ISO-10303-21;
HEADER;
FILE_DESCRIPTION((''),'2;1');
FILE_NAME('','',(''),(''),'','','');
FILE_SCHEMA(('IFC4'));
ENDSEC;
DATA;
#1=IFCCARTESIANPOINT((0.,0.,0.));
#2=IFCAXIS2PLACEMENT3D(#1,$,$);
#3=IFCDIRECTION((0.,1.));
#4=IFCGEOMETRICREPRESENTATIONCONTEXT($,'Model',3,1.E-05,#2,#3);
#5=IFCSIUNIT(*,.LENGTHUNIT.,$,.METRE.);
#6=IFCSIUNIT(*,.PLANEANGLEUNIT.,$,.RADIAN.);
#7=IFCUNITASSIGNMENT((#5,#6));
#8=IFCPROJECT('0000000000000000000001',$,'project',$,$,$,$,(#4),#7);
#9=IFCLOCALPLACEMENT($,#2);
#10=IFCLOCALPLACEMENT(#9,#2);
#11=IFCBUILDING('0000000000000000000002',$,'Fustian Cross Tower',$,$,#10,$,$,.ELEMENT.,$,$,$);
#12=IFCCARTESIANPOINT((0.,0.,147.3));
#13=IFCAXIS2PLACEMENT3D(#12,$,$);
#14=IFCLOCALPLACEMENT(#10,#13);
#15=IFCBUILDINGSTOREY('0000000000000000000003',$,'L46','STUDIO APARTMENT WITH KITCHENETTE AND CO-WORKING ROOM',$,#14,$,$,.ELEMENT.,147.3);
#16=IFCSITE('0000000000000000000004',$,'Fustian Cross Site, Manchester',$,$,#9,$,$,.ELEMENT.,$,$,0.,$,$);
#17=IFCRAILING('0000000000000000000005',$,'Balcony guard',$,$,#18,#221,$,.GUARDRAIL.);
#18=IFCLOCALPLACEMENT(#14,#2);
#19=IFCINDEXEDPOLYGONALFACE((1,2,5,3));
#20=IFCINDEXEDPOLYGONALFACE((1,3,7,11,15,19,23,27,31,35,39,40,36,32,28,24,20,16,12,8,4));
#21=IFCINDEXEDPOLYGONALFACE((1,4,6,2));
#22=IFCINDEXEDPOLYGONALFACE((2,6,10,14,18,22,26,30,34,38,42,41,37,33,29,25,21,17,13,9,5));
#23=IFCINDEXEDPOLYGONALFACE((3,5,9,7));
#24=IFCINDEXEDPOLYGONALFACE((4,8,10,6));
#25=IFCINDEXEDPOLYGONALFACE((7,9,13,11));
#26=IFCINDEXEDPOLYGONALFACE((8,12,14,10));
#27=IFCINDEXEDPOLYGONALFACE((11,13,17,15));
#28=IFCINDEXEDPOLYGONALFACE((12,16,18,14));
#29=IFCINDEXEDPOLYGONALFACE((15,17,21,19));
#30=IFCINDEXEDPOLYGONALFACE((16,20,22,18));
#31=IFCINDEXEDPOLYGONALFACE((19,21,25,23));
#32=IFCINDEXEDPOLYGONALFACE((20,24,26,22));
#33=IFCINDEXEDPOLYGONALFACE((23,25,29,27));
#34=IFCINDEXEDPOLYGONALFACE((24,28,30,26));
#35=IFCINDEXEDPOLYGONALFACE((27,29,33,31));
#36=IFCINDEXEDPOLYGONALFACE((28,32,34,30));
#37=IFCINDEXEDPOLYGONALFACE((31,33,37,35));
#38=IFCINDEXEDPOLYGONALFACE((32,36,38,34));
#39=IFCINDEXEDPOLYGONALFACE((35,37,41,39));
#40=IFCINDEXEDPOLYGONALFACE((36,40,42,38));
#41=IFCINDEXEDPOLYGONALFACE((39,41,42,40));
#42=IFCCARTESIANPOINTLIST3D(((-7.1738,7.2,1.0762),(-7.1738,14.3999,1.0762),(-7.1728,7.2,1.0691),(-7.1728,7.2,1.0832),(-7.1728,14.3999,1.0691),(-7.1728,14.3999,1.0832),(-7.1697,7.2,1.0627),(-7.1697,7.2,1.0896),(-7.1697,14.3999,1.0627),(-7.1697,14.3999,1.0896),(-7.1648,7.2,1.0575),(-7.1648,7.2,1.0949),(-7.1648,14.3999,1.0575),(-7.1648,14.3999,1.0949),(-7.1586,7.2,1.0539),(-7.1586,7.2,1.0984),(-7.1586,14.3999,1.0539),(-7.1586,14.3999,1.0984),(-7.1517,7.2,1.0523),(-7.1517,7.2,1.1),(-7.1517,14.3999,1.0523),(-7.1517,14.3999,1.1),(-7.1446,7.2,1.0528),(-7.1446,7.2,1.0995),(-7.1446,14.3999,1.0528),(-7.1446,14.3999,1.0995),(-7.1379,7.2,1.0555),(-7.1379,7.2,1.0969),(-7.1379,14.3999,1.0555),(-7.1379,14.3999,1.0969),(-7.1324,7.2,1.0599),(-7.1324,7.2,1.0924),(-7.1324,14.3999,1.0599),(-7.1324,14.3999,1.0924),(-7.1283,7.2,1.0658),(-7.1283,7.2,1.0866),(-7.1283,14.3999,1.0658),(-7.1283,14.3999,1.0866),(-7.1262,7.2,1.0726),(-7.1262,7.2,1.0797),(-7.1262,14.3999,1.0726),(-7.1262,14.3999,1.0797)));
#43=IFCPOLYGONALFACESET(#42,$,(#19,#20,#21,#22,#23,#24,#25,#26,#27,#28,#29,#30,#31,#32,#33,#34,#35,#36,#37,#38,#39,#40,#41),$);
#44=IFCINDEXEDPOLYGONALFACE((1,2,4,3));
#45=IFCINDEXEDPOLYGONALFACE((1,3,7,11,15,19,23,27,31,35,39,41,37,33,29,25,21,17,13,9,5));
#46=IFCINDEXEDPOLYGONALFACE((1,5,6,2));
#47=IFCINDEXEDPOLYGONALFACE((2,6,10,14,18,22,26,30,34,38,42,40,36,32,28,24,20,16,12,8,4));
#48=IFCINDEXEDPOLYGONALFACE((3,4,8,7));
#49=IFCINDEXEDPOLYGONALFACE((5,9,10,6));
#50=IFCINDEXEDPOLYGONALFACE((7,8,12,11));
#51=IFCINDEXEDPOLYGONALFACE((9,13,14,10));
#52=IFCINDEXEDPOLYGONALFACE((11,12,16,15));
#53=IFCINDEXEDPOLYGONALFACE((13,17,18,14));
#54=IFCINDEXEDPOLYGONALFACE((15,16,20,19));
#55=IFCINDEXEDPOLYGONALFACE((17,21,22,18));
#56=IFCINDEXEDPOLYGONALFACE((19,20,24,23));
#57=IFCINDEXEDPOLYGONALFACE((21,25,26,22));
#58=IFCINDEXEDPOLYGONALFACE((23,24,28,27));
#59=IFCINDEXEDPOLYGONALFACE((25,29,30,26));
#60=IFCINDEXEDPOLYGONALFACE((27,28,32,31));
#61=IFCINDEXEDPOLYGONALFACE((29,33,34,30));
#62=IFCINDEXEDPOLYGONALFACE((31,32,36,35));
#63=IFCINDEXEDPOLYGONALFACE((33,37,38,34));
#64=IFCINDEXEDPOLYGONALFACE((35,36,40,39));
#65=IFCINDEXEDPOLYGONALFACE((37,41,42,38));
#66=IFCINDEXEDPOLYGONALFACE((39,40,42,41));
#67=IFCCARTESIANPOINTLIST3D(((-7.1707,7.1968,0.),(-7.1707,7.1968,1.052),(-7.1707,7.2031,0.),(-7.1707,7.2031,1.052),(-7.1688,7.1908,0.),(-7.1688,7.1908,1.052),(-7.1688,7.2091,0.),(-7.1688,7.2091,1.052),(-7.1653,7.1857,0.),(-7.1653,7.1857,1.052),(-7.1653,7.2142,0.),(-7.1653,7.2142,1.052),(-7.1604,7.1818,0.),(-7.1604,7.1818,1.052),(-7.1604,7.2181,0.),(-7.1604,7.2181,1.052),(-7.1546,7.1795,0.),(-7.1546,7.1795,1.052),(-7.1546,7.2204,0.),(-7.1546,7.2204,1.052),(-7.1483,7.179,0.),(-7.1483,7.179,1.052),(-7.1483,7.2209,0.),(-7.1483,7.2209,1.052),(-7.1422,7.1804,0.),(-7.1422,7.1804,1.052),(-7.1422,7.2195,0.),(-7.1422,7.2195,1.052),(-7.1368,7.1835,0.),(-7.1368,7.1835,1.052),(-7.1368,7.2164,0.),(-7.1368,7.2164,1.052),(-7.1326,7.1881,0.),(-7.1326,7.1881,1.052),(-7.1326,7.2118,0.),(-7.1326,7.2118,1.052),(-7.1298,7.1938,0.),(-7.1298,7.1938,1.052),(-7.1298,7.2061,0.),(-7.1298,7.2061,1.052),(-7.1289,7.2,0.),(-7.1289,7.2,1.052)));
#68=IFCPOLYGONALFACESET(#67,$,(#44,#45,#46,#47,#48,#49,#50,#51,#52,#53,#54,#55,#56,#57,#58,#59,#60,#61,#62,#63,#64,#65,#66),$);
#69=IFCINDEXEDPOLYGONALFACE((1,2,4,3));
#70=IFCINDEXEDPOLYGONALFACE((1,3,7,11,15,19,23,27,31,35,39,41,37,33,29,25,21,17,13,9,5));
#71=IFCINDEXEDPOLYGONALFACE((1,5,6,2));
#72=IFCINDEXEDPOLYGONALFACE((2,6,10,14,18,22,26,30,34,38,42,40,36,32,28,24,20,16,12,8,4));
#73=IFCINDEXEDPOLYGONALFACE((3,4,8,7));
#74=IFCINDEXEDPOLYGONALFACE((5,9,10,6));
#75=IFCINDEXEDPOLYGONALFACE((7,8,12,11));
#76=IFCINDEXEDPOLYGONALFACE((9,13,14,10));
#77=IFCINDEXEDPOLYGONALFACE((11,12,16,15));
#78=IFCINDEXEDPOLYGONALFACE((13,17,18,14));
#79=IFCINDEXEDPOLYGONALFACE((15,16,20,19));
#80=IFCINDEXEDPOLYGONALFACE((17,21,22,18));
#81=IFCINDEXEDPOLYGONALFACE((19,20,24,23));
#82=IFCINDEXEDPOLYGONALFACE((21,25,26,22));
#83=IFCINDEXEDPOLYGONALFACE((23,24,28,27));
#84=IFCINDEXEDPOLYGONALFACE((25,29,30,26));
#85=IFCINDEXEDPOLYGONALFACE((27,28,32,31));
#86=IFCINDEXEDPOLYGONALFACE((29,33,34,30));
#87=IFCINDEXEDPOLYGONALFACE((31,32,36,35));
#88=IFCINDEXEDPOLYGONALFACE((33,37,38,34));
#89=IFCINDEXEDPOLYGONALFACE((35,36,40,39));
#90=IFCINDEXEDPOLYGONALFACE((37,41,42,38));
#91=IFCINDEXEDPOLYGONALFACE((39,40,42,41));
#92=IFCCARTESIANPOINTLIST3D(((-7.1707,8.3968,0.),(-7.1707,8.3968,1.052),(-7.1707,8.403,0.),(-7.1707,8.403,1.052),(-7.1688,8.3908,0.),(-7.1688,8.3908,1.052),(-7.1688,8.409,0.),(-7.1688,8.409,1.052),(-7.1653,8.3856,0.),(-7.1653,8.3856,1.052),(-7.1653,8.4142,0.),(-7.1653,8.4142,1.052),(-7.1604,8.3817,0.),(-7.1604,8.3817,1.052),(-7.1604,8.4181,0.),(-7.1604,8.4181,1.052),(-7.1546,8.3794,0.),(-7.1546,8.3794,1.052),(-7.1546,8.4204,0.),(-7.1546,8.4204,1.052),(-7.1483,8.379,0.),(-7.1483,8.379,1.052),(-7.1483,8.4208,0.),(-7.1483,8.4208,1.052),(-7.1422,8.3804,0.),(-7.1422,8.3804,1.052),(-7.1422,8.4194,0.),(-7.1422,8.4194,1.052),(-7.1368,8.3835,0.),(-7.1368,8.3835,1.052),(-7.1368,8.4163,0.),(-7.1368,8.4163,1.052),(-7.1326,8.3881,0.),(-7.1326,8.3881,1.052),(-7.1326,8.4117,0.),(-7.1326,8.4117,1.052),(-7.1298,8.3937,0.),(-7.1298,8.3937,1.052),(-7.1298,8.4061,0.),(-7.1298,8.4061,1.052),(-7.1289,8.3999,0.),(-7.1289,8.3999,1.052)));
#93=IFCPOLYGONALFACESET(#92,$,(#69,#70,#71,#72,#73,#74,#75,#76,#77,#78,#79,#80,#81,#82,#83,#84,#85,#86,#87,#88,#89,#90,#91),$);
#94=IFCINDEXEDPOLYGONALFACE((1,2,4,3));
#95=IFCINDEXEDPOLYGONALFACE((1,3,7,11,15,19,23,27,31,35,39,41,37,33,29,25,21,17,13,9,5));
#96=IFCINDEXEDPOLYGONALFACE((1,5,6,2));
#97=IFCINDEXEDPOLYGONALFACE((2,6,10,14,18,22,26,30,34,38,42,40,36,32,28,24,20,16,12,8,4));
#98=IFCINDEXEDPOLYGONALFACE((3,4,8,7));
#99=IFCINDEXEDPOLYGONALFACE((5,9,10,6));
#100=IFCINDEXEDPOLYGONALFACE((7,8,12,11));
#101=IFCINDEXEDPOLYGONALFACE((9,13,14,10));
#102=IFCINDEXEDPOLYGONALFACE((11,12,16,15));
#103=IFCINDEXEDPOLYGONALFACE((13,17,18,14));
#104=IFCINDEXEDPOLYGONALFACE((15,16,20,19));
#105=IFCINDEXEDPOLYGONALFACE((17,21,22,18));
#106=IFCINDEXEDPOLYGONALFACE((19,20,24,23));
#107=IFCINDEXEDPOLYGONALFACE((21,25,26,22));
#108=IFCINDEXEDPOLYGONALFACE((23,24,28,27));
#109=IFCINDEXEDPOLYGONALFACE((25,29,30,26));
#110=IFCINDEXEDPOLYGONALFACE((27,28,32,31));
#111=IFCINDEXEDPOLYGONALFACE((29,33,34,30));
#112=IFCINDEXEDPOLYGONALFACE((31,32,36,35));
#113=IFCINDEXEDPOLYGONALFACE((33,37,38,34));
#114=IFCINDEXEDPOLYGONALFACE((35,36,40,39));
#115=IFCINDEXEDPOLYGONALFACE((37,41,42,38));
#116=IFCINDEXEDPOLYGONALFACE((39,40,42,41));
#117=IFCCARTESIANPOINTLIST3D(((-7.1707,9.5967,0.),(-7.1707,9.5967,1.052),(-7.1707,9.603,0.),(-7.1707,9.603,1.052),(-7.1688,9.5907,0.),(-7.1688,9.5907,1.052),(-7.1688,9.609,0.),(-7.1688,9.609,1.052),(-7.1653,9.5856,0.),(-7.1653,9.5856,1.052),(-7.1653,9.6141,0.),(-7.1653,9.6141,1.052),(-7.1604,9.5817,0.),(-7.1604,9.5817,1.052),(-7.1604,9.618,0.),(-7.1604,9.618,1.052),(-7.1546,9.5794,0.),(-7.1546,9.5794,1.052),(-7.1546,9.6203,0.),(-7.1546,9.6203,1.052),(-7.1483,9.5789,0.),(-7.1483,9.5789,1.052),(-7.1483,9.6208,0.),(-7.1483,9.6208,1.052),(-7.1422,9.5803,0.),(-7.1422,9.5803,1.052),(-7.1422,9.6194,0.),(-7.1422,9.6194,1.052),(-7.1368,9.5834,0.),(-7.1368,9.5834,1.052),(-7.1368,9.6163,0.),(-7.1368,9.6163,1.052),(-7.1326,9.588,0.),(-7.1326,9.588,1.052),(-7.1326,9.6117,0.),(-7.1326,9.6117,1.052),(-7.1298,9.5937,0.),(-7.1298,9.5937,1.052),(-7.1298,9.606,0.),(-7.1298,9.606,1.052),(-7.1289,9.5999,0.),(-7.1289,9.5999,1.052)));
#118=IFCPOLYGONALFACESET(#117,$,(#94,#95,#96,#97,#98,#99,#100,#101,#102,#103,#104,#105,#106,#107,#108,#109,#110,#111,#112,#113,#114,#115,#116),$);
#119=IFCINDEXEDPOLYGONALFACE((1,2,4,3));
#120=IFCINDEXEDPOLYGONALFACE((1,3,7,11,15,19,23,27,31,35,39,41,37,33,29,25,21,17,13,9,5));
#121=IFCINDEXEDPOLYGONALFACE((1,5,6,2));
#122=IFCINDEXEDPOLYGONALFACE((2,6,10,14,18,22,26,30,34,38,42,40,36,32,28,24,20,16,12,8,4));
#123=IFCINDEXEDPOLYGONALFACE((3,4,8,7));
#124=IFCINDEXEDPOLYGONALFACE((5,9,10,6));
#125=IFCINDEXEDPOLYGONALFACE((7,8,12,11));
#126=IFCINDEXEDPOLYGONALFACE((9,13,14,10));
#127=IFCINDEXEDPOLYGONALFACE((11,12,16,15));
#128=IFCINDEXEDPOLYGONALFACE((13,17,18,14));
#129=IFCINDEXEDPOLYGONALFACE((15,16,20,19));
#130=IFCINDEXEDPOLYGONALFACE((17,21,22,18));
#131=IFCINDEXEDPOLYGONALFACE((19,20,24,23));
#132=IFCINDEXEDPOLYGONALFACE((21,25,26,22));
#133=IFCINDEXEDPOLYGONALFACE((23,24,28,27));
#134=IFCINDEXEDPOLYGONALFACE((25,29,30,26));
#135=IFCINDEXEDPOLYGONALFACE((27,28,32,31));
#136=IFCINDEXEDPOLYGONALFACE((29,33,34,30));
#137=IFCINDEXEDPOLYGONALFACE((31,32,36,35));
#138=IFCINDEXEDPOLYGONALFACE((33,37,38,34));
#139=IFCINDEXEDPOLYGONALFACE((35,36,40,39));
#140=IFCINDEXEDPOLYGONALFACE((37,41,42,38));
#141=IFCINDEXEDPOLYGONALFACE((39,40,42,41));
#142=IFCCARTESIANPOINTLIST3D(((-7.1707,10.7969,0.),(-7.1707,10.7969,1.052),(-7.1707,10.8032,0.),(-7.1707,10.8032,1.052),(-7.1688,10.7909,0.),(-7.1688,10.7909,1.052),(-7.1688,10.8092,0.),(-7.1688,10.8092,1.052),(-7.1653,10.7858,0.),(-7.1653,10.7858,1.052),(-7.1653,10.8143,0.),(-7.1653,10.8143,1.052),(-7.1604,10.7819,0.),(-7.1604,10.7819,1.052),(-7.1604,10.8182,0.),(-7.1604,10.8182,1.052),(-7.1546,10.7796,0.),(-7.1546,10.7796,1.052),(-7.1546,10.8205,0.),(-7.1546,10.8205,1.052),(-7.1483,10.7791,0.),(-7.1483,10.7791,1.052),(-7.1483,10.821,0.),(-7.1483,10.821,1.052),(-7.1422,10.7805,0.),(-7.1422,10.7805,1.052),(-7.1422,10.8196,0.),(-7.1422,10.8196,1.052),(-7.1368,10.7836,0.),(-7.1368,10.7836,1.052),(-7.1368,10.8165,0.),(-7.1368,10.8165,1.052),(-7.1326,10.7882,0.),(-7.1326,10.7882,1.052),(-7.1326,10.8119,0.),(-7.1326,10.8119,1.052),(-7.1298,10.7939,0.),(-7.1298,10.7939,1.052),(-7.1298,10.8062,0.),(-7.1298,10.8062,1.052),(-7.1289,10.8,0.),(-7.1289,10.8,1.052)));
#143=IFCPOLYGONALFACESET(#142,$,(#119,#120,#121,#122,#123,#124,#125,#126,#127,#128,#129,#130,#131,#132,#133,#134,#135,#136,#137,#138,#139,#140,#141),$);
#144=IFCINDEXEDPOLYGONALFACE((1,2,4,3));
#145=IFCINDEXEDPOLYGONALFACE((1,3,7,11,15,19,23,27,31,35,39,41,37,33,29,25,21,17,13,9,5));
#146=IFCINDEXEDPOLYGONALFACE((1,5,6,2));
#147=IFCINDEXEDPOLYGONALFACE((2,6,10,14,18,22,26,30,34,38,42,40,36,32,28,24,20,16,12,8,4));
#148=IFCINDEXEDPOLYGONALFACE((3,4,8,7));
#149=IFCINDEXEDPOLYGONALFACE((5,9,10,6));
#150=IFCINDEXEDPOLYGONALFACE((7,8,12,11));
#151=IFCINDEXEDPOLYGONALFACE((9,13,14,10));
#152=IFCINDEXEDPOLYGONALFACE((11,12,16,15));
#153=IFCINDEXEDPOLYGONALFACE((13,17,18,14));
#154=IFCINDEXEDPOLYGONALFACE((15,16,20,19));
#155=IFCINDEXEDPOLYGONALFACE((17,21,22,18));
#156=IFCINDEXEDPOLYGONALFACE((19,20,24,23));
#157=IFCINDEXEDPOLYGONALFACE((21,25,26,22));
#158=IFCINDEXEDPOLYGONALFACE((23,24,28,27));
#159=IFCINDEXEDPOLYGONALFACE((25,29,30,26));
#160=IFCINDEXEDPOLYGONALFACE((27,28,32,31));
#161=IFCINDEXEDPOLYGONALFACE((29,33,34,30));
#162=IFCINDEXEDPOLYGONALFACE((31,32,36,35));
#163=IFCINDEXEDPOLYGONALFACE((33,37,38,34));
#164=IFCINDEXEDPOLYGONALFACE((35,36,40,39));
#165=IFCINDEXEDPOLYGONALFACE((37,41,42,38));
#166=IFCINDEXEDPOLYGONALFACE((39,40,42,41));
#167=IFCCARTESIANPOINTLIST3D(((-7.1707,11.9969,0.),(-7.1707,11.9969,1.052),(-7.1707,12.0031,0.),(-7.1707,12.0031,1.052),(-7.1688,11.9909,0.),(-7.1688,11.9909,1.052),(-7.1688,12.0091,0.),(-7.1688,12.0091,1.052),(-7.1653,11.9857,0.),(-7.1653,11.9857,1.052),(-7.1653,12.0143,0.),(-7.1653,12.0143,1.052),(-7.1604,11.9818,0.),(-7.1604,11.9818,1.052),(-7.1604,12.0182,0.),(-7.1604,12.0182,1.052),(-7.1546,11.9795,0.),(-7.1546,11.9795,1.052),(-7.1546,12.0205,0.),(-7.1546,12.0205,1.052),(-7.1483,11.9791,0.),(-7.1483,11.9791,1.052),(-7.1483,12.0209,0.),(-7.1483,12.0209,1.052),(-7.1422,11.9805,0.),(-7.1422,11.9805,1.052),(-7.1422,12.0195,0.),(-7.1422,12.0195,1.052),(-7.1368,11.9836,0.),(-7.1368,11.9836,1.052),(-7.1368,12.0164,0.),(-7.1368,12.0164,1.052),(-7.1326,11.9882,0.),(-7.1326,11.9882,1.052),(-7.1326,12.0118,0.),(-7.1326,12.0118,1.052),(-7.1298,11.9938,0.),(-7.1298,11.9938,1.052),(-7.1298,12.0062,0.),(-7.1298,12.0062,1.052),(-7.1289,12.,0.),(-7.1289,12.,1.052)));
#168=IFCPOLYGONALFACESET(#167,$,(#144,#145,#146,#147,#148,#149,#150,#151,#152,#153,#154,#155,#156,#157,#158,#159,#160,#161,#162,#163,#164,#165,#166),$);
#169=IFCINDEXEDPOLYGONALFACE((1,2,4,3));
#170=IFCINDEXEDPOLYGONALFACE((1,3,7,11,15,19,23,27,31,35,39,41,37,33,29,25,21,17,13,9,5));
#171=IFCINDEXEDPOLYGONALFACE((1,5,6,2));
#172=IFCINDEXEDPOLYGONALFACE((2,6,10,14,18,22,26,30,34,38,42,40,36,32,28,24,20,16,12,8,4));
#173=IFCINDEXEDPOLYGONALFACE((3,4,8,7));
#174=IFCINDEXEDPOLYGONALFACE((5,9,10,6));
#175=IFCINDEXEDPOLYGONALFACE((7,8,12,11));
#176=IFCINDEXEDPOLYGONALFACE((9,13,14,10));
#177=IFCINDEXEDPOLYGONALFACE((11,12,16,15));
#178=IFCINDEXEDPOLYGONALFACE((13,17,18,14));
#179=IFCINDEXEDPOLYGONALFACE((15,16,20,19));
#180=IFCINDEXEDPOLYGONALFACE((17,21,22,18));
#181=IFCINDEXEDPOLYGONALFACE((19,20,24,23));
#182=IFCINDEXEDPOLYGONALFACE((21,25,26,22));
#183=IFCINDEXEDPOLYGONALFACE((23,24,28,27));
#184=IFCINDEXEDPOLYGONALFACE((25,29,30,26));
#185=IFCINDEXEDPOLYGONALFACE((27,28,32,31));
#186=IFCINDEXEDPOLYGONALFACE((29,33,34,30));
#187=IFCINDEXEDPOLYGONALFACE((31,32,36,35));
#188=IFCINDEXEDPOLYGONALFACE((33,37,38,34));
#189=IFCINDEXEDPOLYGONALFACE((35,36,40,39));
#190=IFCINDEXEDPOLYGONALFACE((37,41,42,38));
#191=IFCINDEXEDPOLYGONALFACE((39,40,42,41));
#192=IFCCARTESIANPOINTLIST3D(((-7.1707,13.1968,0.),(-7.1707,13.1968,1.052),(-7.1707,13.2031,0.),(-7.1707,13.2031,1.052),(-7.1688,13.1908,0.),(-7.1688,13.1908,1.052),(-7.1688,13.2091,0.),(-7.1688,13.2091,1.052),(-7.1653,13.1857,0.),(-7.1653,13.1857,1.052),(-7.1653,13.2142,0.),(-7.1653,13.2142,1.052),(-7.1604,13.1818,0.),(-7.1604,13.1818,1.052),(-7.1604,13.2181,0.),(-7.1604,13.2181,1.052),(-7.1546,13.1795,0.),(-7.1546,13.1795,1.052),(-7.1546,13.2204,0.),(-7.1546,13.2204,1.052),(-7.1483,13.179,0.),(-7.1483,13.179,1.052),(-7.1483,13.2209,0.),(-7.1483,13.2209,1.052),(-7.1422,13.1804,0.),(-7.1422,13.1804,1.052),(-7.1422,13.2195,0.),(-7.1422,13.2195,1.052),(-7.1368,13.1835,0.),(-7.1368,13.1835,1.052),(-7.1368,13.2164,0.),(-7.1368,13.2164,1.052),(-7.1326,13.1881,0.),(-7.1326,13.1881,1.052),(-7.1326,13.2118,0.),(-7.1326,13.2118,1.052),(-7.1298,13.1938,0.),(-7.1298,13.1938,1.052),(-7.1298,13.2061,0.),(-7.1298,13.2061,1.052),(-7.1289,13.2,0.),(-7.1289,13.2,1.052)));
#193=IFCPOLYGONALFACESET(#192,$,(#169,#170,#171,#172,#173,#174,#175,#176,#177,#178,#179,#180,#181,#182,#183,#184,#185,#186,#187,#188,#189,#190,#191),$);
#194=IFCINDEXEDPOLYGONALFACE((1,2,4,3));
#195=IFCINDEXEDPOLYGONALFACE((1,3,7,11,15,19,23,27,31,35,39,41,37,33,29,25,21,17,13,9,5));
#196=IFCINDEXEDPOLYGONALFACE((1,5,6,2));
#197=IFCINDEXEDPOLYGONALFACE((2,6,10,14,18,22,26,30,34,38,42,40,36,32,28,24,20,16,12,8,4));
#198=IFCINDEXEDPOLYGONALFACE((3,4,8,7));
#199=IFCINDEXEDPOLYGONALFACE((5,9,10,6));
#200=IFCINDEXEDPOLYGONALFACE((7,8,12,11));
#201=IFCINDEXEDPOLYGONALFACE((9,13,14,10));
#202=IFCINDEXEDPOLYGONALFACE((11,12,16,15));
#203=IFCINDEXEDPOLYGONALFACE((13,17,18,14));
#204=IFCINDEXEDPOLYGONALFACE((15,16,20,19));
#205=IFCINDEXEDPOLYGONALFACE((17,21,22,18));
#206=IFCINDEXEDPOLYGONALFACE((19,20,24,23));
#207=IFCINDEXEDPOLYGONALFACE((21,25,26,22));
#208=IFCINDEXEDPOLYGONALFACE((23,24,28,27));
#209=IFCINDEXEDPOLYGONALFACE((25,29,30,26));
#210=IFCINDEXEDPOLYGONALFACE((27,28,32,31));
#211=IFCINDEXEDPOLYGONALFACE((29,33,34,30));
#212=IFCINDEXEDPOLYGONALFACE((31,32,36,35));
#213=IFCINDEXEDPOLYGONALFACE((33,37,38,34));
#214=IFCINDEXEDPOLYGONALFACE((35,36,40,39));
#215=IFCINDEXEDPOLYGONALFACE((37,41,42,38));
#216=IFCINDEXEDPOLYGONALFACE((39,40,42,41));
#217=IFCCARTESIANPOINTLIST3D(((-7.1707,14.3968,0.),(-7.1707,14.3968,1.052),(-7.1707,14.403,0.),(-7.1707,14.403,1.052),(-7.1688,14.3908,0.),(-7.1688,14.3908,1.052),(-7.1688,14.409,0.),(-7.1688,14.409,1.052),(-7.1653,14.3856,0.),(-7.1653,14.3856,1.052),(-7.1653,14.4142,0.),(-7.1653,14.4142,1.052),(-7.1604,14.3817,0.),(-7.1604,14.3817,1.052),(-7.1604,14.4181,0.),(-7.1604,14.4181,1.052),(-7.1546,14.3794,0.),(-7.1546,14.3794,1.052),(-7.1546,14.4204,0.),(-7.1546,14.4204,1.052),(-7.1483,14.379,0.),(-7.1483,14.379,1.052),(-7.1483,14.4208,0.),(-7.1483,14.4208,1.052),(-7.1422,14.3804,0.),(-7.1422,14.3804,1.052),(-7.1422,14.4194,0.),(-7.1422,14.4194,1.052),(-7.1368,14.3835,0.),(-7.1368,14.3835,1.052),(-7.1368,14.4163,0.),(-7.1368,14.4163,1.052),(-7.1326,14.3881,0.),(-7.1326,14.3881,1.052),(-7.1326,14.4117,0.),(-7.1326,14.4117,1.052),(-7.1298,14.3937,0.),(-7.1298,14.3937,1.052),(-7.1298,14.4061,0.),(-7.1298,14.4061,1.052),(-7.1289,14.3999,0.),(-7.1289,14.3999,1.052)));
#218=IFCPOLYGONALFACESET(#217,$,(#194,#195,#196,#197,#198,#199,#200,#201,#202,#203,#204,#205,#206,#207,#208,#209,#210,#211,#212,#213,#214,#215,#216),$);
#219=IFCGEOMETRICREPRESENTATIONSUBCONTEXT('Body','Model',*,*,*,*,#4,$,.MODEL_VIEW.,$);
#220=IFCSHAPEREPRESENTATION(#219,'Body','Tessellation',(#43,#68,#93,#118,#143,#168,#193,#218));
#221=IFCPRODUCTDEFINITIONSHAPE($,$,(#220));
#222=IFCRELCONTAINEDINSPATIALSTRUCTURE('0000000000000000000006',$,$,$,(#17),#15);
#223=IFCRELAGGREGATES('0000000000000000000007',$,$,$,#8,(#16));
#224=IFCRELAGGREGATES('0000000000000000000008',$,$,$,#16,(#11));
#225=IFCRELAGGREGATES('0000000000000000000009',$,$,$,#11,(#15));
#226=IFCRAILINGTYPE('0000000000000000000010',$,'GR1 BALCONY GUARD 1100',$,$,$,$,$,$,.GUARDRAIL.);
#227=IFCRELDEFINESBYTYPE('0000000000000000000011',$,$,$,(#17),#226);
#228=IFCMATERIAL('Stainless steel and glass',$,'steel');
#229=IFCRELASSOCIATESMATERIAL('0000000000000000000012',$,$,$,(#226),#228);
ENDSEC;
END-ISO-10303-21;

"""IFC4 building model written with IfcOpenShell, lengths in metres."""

from ifc_helpers import new_model, si_unit, direction, frame, origin, origin_2d, place, context, subcontext, project, spatial, circle, extrude, material, type_object, element, save


model = new_model("IFC4")

# Units and contexts
model_context = context("Model", 3, precision=1e-05, world=origin(), true_north=direction((0.0, 1.0)))
body_context = subcontext(model_context, "Body", "Model", "MODEL_VIEW")
ifc_project = project(units=[si_unit("LENGTHUNIT", "METRE"), si_unit("PLANEANGLEUNIT", "RADIAN")], contexts=[model_context])

# Site, building, storey
site_placement = place(None, origin())
site = spatial("IfcSite", under=ifc_project, at=site_placement, Name="Fustian Cross Site, Manchester", CompositionType="ELEMENT", RefElevation=0.0)
building_placement = place(site_placement, origin())
building = spatial("IfcBuilding", under=site, at=building_placement, Name="Fustian Cross Tower", CompositionType="ELEMENT")
storey_placement = place(building_placement, frame((0.0, 0.0, 147.3)))
storey = spatial("IfcBuildingStorey", under=building, at=storey_placement, Name="L46", Description="STUDIO APARTMENT WITH KITCHENETTE AND CO-WORKING ROOM", CompositionType="ELEMENT", Elevation=147.3)

# Railing
ifc_material_1 = material(Name="Stainless steel and glass", Category="steel")
railing_type = type_object("IfcRailingType", Name="GR1 BALCONY GUARD 1100", PredefinedType="GUARDRAIL", material=ifc_material_1)
railing_placement = place(storey_placement, frame((-7.1499, 7.2, 0.0)))
element("IfcRailing", 1, at=railing_placement, inside=storey, type_object=railing_type, Name="Balcony guard", PredefinedType="GUARDRAIL", context=body_context, shape_type="SweptSolid", body=[
    extrude(circle(Radius=0.0239, at=origin_2d()), frame((0.0, 0.0, 1.0762), z_axis=(0.0, 1.0, 0.0), x_axis=(-1.0, 0.0, 0.0)), (0.0, 0.0, 1.0), 7.2),
    extrude(circle(Radius=0.021, at=origin_2d()), origin(), (0.0, 0.0, 1.0), 1.052),
    extrude(circle(Radius=0.021, at=origin_2d()), frame((0.0, 1.2, 0.0)), (0.0, 0.0, 1.0), 1.052),
    extrude(circle(Radius=0.021, at=origin_2d()), frame((0.0, 2.3999, 0.0)), (0.0, 0.0, 1.0), 1.052),
    extrude(circle(Radius=0.021, at=origin_2d()), frame((0.0, 3.6001, 0.0)), (0.0, 0.0, 1.0), 1.052),
    extrude(circle(Radius=0.021, at=origin_2d()), frame((0.0, 4.8, 0.0)), (0.0, 0.0, 1.0), 1.052),
    extrude(circle(Radius=0.021, at=origin_2d()), frame((0.0, 6.0, 0.0)), (0.0, 0.0, 1.0), 1.052),
    extrude(circle(Radius=0.021, at=origin_2d()), frame((0.0, 7.2, 0.0)), (0.0, 0.0, 1.0), 1.052),
])

save(model, "model.ifc")
